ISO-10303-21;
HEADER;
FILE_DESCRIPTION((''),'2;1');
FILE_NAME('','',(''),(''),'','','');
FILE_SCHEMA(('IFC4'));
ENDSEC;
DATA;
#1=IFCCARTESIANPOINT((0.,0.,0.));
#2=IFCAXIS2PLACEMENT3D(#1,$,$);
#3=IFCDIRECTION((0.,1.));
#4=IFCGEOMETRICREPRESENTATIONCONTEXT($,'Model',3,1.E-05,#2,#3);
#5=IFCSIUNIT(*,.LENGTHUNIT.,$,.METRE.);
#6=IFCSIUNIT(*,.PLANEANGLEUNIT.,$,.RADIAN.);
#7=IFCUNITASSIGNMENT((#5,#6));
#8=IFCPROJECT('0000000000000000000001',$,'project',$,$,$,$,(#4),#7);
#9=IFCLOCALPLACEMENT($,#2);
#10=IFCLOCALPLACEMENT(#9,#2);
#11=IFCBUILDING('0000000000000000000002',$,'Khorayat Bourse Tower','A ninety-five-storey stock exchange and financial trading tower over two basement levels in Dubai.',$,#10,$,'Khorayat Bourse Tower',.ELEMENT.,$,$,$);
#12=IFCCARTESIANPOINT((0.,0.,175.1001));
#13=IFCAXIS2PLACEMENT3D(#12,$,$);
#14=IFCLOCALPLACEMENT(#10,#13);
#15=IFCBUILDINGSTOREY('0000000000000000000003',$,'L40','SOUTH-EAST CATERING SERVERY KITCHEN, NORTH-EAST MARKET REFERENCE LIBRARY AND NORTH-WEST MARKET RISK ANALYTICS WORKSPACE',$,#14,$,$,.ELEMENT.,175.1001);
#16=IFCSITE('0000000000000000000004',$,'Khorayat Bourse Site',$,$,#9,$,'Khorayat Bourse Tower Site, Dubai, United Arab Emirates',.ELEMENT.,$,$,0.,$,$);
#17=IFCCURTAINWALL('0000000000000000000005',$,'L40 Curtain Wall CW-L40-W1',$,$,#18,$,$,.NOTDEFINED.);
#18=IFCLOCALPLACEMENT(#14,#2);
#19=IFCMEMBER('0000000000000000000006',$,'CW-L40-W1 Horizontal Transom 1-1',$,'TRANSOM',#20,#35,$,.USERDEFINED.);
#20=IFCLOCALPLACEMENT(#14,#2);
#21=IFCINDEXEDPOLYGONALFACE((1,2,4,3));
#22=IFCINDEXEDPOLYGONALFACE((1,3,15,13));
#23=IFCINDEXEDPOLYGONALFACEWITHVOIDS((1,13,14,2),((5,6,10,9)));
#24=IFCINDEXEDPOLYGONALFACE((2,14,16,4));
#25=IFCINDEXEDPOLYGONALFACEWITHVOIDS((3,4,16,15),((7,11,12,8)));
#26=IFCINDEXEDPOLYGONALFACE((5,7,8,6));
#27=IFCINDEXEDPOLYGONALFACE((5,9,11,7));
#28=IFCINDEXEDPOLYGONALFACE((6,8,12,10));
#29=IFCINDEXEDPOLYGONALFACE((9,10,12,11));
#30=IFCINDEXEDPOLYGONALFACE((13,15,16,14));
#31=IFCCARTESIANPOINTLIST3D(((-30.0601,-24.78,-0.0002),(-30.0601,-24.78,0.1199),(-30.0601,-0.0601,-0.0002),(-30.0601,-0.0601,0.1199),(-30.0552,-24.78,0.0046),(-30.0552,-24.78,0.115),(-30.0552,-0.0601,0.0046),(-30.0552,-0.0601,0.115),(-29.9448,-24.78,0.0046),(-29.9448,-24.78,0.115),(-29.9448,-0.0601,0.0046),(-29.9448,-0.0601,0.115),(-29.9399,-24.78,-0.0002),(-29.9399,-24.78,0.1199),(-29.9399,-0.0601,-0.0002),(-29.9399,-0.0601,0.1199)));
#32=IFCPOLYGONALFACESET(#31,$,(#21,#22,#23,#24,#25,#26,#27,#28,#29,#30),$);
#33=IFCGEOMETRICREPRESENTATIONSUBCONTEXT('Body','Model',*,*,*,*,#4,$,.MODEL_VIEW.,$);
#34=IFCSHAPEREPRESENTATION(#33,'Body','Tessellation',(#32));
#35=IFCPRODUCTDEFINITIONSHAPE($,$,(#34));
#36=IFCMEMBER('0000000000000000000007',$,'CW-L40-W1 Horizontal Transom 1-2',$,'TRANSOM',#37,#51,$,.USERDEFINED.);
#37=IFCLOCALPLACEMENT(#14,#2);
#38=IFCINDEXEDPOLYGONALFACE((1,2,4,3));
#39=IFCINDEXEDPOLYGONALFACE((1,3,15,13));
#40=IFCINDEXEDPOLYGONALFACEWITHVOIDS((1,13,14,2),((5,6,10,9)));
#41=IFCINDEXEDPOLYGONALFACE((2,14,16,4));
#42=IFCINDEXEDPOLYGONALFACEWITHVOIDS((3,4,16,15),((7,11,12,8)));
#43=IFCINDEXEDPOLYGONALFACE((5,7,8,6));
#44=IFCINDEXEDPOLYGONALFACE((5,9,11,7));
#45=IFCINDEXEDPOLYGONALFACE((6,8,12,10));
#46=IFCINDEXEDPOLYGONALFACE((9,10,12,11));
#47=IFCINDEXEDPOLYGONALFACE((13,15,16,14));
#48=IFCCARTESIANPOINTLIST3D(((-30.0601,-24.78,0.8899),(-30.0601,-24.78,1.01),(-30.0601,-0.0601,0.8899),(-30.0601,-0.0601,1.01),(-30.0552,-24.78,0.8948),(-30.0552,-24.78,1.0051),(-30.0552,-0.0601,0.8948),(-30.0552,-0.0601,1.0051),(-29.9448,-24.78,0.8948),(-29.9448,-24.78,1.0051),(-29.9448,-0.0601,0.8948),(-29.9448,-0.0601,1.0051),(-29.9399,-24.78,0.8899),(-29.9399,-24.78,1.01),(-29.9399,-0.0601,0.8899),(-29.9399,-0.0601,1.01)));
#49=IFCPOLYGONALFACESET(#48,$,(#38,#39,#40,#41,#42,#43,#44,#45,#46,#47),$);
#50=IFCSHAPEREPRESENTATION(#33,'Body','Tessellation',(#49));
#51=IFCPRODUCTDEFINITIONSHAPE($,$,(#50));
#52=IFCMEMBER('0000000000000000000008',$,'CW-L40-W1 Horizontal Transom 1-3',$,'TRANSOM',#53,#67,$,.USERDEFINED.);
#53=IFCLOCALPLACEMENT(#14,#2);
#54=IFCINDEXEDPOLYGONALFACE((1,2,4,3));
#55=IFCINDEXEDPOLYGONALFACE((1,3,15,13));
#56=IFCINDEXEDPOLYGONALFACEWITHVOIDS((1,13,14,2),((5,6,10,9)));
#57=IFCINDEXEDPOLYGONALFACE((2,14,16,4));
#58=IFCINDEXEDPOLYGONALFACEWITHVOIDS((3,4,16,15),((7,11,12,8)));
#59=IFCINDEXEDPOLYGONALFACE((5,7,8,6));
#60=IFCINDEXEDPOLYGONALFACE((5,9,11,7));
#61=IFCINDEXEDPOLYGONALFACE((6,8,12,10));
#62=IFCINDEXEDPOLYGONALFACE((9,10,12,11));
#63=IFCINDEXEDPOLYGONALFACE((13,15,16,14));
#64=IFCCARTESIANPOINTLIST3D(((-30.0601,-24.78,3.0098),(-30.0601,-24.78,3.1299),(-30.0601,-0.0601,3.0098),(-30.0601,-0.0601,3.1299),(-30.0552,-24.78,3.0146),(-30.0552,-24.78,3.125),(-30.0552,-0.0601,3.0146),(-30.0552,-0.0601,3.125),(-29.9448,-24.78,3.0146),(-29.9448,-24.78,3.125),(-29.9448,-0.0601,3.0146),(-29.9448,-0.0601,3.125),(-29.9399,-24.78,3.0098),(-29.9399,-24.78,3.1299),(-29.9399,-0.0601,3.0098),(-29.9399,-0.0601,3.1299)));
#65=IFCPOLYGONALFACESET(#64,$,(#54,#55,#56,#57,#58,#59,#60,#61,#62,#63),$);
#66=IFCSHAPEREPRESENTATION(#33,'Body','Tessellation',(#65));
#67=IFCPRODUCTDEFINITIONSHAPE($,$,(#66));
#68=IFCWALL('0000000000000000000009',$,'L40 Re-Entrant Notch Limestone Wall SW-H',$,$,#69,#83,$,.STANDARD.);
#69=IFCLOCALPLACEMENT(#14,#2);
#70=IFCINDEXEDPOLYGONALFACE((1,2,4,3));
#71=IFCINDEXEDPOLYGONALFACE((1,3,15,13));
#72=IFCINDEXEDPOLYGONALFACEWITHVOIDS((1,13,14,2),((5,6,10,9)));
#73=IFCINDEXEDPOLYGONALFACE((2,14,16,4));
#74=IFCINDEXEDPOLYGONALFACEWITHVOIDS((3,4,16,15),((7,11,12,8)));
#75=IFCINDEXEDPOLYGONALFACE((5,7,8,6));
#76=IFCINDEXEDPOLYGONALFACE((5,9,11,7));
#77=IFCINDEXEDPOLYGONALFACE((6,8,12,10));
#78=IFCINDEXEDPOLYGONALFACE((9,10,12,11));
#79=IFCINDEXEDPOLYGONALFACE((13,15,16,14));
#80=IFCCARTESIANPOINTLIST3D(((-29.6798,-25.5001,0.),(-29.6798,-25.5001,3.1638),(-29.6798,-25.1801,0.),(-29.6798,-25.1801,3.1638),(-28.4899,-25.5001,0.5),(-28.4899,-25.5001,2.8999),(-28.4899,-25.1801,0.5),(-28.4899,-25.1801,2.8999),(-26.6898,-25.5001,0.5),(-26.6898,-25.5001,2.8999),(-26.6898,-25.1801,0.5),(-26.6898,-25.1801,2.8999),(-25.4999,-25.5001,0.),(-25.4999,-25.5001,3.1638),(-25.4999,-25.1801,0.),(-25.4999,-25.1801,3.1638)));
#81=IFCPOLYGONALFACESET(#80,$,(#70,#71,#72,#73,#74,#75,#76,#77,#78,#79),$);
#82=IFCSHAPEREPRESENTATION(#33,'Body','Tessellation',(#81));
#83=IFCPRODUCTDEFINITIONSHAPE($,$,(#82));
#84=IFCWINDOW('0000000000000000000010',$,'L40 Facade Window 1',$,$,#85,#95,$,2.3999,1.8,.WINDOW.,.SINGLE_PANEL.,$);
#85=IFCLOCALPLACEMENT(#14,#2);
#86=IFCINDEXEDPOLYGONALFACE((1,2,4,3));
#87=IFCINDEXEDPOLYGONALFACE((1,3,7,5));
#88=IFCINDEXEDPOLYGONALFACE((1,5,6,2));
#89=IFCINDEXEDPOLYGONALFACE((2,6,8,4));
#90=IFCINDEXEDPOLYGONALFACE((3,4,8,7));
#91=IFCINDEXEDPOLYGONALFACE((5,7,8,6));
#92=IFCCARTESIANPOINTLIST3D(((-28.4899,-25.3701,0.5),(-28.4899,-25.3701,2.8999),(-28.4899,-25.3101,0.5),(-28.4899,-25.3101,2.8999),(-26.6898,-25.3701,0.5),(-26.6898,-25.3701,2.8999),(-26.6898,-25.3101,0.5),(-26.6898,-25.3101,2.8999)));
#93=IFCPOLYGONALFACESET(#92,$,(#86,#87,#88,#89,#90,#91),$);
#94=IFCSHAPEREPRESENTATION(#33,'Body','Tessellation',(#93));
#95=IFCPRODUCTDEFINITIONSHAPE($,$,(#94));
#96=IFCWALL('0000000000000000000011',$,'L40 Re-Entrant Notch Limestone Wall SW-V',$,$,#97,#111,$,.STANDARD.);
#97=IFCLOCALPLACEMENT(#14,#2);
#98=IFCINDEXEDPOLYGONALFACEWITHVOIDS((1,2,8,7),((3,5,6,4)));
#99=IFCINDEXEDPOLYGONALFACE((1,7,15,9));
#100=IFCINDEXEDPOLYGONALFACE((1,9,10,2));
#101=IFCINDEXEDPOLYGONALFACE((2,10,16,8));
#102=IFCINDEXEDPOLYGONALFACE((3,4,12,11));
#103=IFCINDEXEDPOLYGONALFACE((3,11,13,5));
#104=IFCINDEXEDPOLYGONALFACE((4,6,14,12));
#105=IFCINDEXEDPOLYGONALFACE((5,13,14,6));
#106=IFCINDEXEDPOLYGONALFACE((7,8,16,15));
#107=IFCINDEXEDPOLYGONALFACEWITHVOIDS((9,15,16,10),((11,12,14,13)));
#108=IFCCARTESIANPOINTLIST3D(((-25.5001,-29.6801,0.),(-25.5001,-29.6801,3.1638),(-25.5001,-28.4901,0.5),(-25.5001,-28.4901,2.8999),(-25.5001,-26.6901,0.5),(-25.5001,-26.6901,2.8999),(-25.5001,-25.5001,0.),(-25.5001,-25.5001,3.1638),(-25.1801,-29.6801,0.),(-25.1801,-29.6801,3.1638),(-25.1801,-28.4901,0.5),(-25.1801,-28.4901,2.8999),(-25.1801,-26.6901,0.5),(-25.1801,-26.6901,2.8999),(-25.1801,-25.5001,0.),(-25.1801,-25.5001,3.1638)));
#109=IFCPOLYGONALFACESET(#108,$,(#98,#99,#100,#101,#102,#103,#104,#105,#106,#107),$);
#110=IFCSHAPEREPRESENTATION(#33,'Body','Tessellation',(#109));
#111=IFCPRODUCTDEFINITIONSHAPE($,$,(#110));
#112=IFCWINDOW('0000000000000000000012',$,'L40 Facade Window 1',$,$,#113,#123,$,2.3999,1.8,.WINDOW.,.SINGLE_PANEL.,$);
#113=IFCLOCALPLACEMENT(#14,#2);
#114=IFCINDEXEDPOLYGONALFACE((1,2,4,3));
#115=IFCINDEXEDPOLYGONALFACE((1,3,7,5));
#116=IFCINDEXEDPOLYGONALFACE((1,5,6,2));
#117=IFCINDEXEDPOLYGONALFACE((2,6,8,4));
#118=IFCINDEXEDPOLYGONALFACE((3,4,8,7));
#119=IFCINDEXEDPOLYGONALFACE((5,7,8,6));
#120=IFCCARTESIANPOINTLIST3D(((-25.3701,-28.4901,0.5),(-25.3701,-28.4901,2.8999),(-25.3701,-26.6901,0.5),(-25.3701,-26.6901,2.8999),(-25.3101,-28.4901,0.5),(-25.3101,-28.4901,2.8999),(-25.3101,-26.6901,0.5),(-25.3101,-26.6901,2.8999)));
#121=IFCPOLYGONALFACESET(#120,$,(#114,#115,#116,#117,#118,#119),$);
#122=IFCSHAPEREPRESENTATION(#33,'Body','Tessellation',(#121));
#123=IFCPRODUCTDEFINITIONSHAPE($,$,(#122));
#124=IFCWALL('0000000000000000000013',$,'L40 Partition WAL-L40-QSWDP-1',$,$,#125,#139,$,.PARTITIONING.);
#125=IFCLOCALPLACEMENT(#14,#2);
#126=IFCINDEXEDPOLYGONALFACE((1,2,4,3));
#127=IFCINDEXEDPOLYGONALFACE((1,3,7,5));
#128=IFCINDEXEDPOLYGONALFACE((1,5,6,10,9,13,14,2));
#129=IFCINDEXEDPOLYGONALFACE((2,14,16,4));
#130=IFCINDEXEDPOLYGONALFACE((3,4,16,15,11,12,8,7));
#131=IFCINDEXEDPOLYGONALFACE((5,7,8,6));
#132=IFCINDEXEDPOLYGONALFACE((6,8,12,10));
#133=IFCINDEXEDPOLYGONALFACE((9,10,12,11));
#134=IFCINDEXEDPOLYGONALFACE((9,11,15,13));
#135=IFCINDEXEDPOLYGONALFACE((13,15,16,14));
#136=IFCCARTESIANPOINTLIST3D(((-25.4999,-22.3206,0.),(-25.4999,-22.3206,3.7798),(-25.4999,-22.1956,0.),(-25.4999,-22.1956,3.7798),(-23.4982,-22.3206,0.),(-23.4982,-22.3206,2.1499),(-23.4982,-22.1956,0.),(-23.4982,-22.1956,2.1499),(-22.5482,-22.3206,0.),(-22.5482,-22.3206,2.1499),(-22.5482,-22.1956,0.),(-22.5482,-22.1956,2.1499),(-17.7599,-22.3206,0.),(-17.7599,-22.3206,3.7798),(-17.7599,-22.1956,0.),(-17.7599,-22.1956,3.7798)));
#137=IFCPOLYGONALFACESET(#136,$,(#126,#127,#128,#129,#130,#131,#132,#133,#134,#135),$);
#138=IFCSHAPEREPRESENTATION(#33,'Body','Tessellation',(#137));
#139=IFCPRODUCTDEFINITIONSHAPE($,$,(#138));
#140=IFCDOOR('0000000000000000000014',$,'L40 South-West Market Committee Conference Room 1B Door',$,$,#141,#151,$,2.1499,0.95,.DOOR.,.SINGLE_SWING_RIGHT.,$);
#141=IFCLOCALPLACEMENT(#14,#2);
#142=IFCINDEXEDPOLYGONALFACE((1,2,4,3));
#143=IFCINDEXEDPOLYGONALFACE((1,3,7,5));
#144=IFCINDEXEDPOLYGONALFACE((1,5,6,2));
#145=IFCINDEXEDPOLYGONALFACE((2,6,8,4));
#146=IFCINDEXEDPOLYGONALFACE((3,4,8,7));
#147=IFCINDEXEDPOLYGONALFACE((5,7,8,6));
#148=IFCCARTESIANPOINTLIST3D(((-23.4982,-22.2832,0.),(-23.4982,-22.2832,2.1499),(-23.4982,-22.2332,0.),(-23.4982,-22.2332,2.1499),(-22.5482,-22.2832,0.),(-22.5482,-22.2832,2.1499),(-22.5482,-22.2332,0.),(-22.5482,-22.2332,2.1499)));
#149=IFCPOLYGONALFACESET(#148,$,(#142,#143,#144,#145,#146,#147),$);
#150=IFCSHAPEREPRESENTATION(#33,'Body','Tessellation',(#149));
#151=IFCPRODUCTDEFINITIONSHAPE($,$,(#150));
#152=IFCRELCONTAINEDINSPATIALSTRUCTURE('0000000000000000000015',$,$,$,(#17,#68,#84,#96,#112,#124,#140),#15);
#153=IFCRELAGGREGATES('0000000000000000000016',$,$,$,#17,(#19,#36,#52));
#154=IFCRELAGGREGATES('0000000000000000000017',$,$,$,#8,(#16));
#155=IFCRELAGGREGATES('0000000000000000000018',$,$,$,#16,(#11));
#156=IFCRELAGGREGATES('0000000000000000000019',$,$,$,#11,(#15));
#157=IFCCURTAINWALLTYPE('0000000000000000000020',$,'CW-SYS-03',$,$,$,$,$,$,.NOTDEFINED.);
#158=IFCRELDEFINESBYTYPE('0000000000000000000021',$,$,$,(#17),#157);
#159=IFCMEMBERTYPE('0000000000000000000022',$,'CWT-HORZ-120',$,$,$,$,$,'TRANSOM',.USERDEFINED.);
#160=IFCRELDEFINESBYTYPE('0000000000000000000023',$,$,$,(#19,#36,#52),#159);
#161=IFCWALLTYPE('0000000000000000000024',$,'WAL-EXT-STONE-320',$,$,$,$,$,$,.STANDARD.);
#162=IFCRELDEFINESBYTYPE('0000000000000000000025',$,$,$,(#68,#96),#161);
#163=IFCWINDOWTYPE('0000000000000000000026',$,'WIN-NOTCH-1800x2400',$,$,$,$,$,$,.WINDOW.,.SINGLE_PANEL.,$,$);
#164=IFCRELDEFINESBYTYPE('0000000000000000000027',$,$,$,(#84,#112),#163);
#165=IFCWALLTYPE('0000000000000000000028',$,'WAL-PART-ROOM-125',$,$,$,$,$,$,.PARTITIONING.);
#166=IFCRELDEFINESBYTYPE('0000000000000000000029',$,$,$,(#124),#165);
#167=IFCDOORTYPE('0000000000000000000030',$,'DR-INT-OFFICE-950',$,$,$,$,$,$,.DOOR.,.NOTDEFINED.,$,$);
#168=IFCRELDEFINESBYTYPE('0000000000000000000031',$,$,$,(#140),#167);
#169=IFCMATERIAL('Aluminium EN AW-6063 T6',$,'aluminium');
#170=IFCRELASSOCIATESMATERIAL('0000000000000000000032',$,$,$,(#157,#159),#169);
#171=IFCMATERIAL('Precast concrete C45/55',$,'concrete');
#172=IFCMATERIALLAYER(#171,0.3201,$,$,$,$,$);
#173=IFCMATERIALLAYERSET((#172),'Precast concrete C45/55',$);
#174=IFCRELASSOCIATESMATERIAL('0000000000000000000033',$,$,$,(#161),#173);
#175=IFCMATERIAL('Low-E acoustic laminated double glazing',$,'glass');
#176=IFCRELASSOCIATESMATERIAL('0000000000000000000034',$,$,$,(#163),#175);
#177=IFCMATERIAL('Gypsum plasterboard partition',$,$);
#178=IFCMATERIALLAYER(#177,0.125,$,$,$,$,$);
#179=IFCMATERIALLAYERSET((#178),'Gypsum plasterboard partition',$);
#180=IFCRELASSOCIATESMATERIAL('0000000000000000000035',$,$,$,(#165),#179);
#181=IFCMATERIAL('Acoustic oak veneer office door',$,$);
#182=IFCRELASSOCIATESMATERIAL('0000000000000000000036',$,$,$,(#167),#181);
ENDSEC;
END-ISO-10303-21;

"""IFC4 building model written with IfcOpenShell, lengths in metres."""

from ifc_helpers import new_model, si_unit, direction, frame, frame_2d, origin, origin_2d, place, context, subcontext, project, spatial, rectangle, hollow_rectangle, extrude, source, transform, mapped, material, layer, layer_set, material_profile, profile_set, type_object, element, fill, aggregate, save


model = new_model("IFC4")

# Units and contexts
model_context = context("Model", 3, precision=1e-05, world=origin(), true_north=direction((0.0, 1.0)))
body_context = subcontext(model_context, "Body", "Model", "MODEL_VIEW")
ifc_project = project(units=[si_unit("LENGTHUNIT", "METRE"), si_unit("PLANEANGLEUNIT", "RADIAN")], contexts=[model_context])

# Site, building, storey
site_placement = place(None, origin())
site = spatial("IfcSite", under=ifc_project, at=site_placement, Name="Khorayat Bourse Site", LongName="Khorayat Bourse Tower Site, Dubai, United Arab Emirates", CompositionType="ELEMENT", RefElevation=0.0)
building_placement = place(site_placement, origin())
building = spatial("IfcBuilding", under=site, at=building_placement, Name="Khorayat Bourse Tower", Description="A ninety-five-storey stock exchange and financial trading tower over two basement levels in Dubai.", LongName="Khorayat Bourse Tower", CompositionType="ELEMENT")
storey_placement = place(building_placement, frame((0.0, 0.0, 175.1001)))
storey = spatial("IfcBuildingStorey", under=building, at=storey_placement, Name="L40", Description="SOUTH-EAST CATERING SERVERY KITCHEN, NORTH-EAST MARKET REFERENCE LIBRARY AND NORTH-WEST MARKET RISK ANALYTICS WORKSPACE", CompositionType="ELEMENT", Elevation=175.1001)

# Curtain wall
ifc_material_1 = material(Name="Aluminium EN AW-6063 T6", Category="aluminium")
curtain_wall_type = type_object("IfcCurtainWallType", Name="CW-SYS-03", PredefinedType="NOTDEFINED", material=ifc_material_1)
curtain_wall_1_placement = place(storey_placement, origin())
curtain_wall_1 = element("IfcCurtainWall", 1, at=curtain_wall_1_placement, inside=storey, type_object=curtain_wall_type, Name="L40 Curtain Wall CW-L40-W1", PredefinedType="NOTDEFINED")

# Members
ifc_material_profile_1 = material_profile(ifc_material_1, hollow_rectangle(XDim=0.1201, YDim=0.1201, WallThickness=0.0049, at=origin_2d()), Name="ALU 120x120x5")
ifc_profile_set_1 = profile_set([ifc_material_profile_1], Name="Aluminium EN AW-6063 T6")
member_type_1 = type_object("IfcMemberType", Name="CWT-HORZ-120", ElementType="TRANSOM", PredefinedType="USERDEFINED", material=ifc_profile_set_1)
shared_shape_1 = source(origin(), body_context, "Body", "SweptSolid", [
    extrude(hollow_rectangle(XDim=0.1201, YDim=0.1201, WallThickness=0.0049, at=origin_2d()), origin(), (0.0, 0.0, 1.0), 24.72),
])
member_1_placement = place(storey_placement, frame((-30.0, -24.78, 0.0598), z_axis=(0.0, 1.0, 0.0), x_axis=(-1.0, 0.0, 0.0)))
member_1 = element("IfcMember", 2, at=member_1_placement, type_object=member_type_1, Name="CW-L40-W1 Horizontal Transom 1-1", ObjectType="TRANSOM", PredefinedType="USERDEFINED", context=body_context, shape_type="MappedRepresentation", body=[
    mapped(shared_shape_1, transform((0.0, 0.0, 0.0), scale=1.0)),
])
member_2_placement = place(storey_placement, frame((-30.0, -24.78, 0.95), z_axis=(0.0, 1.0, 0.0), x_axis=(-1.0, 0.0, 0.0)))
member_2 = element("IfcMember", 3, at=member_2_placement, type_object=member_type_1, Name="CW-L40-W1 Horizontal Transom 1-2", ObjectType="TRANSOM", PredefinedType="USERDEFINED", context=body_context, shape_type="MappedRepresentation", body=[
    mapped(shared_shape_1, transform((0.0, 0.0, 0.0), scale=1.0)),
])
member_3_placement = place(storey_placement, frame((-30.0, -24.78, 3.0698), z_axis=(0.0, 1.0, 0.0), x_axis=(-1.0, 0.0, 0.0)))
member_3 = element("IfcMember", 4, at=member_3_placement, type_object=member_type_1, Name="CW-L40-W1 Horizontal Transom 1-3", ObjectType="TRANSOM", PredefinedType="USERDEFINED", context=body_context, shape_type="MappedRepresentation", body=[
    mapped(shared_shape_1, transform((0.0, 0.0, 0.0), scale=1.0)),
])
aggregate(curtain_wall_1, [member_1, member_2, member_3])

# Walls, openings, windows
ifc_material_2 = material(Name="Precast concrete C45/55", Category="concrete")
ifc_layer_1 = layer(ifc_material_2, 0.3201)
ifc_layer_set_1 = layer_set([ifc_layer_1], Name="Precast concrete C45/55")
wall_type_1 = type_object("IfcWallType", Name="WAL-EXT-STONE-320", PredefinedType="STANDARD", material=ifc_layer_set_1)
shared_shape_2 = source(origin(), body_context, "Body", "SweptSolid", [
    extrude(rectangle(XDim=4.1799, YDim=0.3201, at=frame_2d((2.0898, 0.0))), origin(), (0.0, 0.0, 1.0), 3.1638),
])
wall_1_placement = place(storey_placement, frame((-25.5, -25.3401, 0.0), z_axis=(0.0, 0.0, 1.0), x_axis=(-1.0, 0.0, 0.0)))
wall_1 = element("IfcWall", 5, at=wall_1_placement, inside=storey, type_object=wall_type_1, Name="L40 Re-Entrant Notch Limestone Wall SW-H", PredefinedType="STANDARD", context=body_context, shape_type="MappedRepresentation", body=[
    mapped(shared_shape_2, transform((0.0, 0.0, 0.0), scale=1.0)),
])
shared_shape_3 = source(origin(), body_context, "Body", "SweptSolid", [
    extrude(rectangle(XDim=1.8, YDim=2.3999, at=frame_2d((0.8999, 1.2))), frame((0.0, 0.1699, 0.0), z_axis=(0.0, -1.0, 0.0), x_axis=(1.0, 0.0, 0.0)), (0.0, 0.0, 1.0), 0.3401),
])
opening_1_placement = place(wall_1_placement, frame((1.1899, 0.0, 0.5)))
opening_1 = element("IfcOpeningElement", 6, at=opening_1_placement, cuts=wall_1, PredefinedType="OPENING", context=body_context, shape_type="MappedRepresentation", body=[
    mapped(shared_shape_3, transform((0.0, 0.0, 0.0), scale=1.0)),
])
ifc_material_3 = material(Name="Low-E acoustic laminated double glazing", Category="glass")
window_type = type_object("IfcWindowType", Name="WIN-NOTCH-1800x2400", PartitioningType="SINGLE_PANEL", PredefinedType="WINDOW", material=ifc_material_3)
shared_shape_4 = source(origin(), body_context, "Body", "SweptSolid", [
    extrude(rectangle(XDim=1.8, YDim=2.3999, at=frame_2d((0.8999, 1.2))), frame((0.0, 0.03, 0.0), z_axis=(0.0, -1.0, 0.0), x_axis=(1.0, 0.0, 0.0)), (0.0, 0.0, 1.0), 0.0601),
])
window_1_placement = place(opening_1_placement, origin())
window_1 = element("IfcWindow", 7, at=window_1_placement, inside=storey, type_object=window_type, Name="L40 Facade Window 1", OverallHeight=2.3999, OverallWidth=1.8, PartitioningType="SINGLE_PANEL", PredefinedType="WINDOW", context=body_context, shape_type="MappedRepresentation", body=[
    mapped(shared_shape_4, transform((0.0, 0.0, 0.0), scale=1.0)),
])
fill(opening_1, window_1)
wall_2_placement = place(storey_placement, frame((-25.3401, -29.6799, 0.0), z_axis=(0.0, 0.0, 1.0), x_axis=(0.0, 1.0, 0.0)))
wall_2 = element("IfcWall", 8, at=wall_2_placement, inside=storey, type_object=wall_type_1, Name="L40 Re-Entrant Notch Limestone Wall SW-V", PredefinedType="STANDARD", context=body_context, shape_type="MappedRepresentation", body=[
    mapped(shared_shape_2, transform((0.0, 0.0, 0.0), scale=1.0)),
])
opening_2_placement = place(wall_2_placement, frame((1.1899, 0.0, 0.5)))
opening_2 = element("IfcOpeningElement", 9, at=opening_2_placement, cuts=wall_2, PredefinedType="OPENING", context=body_context, shape_type="MappedRepresentation", body=[
    mapped(shared_shape_3, transform((0.0, 0.0, 0.0), scale=1.0)),
])
window_2_placement = place(opening_2_placement, origin())
window_2 = element("IfcWindow", 10, at=window_2_placement, inside=storey, type_object=window_type, Name="L40 Facade Window 1", OverallHeight=2.3999, OverallWidth=1.8, PartitioningType="SINGLE_PANEL", PredefinedType="WINDOW", context=body_context, shape_type="MappedRepresentation", body=[
    mapped(shared_shape_4, transform((0.0, 0.0, 0.0), scale=1.0)),
])
fill(opening_2, window_2)

# Wall, opening, door
ifc_material_4 = material(Name="Gypsum plasterboard partition")
ifc_layer_2 = layer(ifc_material_4, 0.125)
ifc_layer_set_2 = layer_set([ifc_layer_2], Name="Gypsum plasterboard partition")
wall_type_2 = type_object("IfcWallType", Name="WAL-PART-ROOM-125", PredefinedType="PARTITIONING", material=ifc_layer_set_2)
shared_shape_5 = source(origin(), body_context, "Body", "SweptSolid", [
    extrude(rectangle(XDim=7.74, YDim=0.125, at=frame_2d((3.8701, 0.0))), origin(), (0.0, 0.0, 1.0), 3.7798),
])
wall_3_placement = place(storey_placement, frame((-25.5, -22.2581, 0.0), z_axis=(0.0, 0.0, 1.0), x_axis=(1.0, 0.0, 0.0)))
wall_3 = element("IfcWall", 11, at=wall_3_placement, inside=storey, type_object=wall_type_2, Name="L40 Partition WAL-L40-QSWDP-1", PredefinedType="PARTITIONING", context=body_context, shape_type="MappedRepresentation", body=[
    mapped(shared_shape_5, transform((0.0, 0.0, 0.0), scale=1.0)),
])
shared_shape_6 = source(origin(), body_context, "Body", "SweptSolid", [
    extrude(rectangle(XDim=0.95, YDim=2.1499, at=frame_2d((0.4751, 1.075))), frame((0.0, 0.0725, 0.0), z_axis=(0.0, -1.0, 0.0), x_axis=(1.0, 0.0, 0.0)), (0.0, 0.0, 1.0), 0.145),
])
opening_3_placement = place(wall_3_placement, frame((2.0017, 0.0, 0.0)))
opening_3 = element("IfcOpeningElement", 12, at=opening_3_placement, cuts=wall_3, PredefinedType="OPENING", context=body_context, shape_type="MappedRepresentation", body=[
    mapped(shared_shape_6, transform((0.0, 0.0, 0.0), scale=1.0)),
])
ifc_material_5 = material(Name="Acoustic oak veneer office door")
door_type = type_object("IfcDoorType", Name="DR-INT-OFFICE-950", OperationType="NOTDEFINED", PredefinedType="DOOR", material=ifc_material_5)
shared_shape_7 = source(origin(), body_context, "Body", "SweptSolid", [
    extrude(rectangle(XDim=0.95, YDim=2.1499, at=frame_2d((0.4751, 1.075))), frame((0.0, 0.0249, 0.0), z_axis=(0.0, -1.0, 0.0), x_axis=(1.0, 0.0, 0.0)), (0.0, 0.0, 1.0), 0.05),
])
door_placement = place(opening_3_placement, origin())
door = element("IfcDoor", 13, at=door_placement, inside=storey, type_object=door_type, Name="L40 South-West Market Committee Conference Room 1B Door", OperationType="SINGLE_SWING_RIGHT", OverallHeight=2.1499, OverallWidth=0.95, PredefinedType="DOOR", context=body_context, shape_type="MappedRepresentation", body=[
    mapped(shared_shape_7, transform((0.0, 0.0, 0.0), scale=1.0)),
])
fill(opening_3, door)

save(model, "model.ifc")
